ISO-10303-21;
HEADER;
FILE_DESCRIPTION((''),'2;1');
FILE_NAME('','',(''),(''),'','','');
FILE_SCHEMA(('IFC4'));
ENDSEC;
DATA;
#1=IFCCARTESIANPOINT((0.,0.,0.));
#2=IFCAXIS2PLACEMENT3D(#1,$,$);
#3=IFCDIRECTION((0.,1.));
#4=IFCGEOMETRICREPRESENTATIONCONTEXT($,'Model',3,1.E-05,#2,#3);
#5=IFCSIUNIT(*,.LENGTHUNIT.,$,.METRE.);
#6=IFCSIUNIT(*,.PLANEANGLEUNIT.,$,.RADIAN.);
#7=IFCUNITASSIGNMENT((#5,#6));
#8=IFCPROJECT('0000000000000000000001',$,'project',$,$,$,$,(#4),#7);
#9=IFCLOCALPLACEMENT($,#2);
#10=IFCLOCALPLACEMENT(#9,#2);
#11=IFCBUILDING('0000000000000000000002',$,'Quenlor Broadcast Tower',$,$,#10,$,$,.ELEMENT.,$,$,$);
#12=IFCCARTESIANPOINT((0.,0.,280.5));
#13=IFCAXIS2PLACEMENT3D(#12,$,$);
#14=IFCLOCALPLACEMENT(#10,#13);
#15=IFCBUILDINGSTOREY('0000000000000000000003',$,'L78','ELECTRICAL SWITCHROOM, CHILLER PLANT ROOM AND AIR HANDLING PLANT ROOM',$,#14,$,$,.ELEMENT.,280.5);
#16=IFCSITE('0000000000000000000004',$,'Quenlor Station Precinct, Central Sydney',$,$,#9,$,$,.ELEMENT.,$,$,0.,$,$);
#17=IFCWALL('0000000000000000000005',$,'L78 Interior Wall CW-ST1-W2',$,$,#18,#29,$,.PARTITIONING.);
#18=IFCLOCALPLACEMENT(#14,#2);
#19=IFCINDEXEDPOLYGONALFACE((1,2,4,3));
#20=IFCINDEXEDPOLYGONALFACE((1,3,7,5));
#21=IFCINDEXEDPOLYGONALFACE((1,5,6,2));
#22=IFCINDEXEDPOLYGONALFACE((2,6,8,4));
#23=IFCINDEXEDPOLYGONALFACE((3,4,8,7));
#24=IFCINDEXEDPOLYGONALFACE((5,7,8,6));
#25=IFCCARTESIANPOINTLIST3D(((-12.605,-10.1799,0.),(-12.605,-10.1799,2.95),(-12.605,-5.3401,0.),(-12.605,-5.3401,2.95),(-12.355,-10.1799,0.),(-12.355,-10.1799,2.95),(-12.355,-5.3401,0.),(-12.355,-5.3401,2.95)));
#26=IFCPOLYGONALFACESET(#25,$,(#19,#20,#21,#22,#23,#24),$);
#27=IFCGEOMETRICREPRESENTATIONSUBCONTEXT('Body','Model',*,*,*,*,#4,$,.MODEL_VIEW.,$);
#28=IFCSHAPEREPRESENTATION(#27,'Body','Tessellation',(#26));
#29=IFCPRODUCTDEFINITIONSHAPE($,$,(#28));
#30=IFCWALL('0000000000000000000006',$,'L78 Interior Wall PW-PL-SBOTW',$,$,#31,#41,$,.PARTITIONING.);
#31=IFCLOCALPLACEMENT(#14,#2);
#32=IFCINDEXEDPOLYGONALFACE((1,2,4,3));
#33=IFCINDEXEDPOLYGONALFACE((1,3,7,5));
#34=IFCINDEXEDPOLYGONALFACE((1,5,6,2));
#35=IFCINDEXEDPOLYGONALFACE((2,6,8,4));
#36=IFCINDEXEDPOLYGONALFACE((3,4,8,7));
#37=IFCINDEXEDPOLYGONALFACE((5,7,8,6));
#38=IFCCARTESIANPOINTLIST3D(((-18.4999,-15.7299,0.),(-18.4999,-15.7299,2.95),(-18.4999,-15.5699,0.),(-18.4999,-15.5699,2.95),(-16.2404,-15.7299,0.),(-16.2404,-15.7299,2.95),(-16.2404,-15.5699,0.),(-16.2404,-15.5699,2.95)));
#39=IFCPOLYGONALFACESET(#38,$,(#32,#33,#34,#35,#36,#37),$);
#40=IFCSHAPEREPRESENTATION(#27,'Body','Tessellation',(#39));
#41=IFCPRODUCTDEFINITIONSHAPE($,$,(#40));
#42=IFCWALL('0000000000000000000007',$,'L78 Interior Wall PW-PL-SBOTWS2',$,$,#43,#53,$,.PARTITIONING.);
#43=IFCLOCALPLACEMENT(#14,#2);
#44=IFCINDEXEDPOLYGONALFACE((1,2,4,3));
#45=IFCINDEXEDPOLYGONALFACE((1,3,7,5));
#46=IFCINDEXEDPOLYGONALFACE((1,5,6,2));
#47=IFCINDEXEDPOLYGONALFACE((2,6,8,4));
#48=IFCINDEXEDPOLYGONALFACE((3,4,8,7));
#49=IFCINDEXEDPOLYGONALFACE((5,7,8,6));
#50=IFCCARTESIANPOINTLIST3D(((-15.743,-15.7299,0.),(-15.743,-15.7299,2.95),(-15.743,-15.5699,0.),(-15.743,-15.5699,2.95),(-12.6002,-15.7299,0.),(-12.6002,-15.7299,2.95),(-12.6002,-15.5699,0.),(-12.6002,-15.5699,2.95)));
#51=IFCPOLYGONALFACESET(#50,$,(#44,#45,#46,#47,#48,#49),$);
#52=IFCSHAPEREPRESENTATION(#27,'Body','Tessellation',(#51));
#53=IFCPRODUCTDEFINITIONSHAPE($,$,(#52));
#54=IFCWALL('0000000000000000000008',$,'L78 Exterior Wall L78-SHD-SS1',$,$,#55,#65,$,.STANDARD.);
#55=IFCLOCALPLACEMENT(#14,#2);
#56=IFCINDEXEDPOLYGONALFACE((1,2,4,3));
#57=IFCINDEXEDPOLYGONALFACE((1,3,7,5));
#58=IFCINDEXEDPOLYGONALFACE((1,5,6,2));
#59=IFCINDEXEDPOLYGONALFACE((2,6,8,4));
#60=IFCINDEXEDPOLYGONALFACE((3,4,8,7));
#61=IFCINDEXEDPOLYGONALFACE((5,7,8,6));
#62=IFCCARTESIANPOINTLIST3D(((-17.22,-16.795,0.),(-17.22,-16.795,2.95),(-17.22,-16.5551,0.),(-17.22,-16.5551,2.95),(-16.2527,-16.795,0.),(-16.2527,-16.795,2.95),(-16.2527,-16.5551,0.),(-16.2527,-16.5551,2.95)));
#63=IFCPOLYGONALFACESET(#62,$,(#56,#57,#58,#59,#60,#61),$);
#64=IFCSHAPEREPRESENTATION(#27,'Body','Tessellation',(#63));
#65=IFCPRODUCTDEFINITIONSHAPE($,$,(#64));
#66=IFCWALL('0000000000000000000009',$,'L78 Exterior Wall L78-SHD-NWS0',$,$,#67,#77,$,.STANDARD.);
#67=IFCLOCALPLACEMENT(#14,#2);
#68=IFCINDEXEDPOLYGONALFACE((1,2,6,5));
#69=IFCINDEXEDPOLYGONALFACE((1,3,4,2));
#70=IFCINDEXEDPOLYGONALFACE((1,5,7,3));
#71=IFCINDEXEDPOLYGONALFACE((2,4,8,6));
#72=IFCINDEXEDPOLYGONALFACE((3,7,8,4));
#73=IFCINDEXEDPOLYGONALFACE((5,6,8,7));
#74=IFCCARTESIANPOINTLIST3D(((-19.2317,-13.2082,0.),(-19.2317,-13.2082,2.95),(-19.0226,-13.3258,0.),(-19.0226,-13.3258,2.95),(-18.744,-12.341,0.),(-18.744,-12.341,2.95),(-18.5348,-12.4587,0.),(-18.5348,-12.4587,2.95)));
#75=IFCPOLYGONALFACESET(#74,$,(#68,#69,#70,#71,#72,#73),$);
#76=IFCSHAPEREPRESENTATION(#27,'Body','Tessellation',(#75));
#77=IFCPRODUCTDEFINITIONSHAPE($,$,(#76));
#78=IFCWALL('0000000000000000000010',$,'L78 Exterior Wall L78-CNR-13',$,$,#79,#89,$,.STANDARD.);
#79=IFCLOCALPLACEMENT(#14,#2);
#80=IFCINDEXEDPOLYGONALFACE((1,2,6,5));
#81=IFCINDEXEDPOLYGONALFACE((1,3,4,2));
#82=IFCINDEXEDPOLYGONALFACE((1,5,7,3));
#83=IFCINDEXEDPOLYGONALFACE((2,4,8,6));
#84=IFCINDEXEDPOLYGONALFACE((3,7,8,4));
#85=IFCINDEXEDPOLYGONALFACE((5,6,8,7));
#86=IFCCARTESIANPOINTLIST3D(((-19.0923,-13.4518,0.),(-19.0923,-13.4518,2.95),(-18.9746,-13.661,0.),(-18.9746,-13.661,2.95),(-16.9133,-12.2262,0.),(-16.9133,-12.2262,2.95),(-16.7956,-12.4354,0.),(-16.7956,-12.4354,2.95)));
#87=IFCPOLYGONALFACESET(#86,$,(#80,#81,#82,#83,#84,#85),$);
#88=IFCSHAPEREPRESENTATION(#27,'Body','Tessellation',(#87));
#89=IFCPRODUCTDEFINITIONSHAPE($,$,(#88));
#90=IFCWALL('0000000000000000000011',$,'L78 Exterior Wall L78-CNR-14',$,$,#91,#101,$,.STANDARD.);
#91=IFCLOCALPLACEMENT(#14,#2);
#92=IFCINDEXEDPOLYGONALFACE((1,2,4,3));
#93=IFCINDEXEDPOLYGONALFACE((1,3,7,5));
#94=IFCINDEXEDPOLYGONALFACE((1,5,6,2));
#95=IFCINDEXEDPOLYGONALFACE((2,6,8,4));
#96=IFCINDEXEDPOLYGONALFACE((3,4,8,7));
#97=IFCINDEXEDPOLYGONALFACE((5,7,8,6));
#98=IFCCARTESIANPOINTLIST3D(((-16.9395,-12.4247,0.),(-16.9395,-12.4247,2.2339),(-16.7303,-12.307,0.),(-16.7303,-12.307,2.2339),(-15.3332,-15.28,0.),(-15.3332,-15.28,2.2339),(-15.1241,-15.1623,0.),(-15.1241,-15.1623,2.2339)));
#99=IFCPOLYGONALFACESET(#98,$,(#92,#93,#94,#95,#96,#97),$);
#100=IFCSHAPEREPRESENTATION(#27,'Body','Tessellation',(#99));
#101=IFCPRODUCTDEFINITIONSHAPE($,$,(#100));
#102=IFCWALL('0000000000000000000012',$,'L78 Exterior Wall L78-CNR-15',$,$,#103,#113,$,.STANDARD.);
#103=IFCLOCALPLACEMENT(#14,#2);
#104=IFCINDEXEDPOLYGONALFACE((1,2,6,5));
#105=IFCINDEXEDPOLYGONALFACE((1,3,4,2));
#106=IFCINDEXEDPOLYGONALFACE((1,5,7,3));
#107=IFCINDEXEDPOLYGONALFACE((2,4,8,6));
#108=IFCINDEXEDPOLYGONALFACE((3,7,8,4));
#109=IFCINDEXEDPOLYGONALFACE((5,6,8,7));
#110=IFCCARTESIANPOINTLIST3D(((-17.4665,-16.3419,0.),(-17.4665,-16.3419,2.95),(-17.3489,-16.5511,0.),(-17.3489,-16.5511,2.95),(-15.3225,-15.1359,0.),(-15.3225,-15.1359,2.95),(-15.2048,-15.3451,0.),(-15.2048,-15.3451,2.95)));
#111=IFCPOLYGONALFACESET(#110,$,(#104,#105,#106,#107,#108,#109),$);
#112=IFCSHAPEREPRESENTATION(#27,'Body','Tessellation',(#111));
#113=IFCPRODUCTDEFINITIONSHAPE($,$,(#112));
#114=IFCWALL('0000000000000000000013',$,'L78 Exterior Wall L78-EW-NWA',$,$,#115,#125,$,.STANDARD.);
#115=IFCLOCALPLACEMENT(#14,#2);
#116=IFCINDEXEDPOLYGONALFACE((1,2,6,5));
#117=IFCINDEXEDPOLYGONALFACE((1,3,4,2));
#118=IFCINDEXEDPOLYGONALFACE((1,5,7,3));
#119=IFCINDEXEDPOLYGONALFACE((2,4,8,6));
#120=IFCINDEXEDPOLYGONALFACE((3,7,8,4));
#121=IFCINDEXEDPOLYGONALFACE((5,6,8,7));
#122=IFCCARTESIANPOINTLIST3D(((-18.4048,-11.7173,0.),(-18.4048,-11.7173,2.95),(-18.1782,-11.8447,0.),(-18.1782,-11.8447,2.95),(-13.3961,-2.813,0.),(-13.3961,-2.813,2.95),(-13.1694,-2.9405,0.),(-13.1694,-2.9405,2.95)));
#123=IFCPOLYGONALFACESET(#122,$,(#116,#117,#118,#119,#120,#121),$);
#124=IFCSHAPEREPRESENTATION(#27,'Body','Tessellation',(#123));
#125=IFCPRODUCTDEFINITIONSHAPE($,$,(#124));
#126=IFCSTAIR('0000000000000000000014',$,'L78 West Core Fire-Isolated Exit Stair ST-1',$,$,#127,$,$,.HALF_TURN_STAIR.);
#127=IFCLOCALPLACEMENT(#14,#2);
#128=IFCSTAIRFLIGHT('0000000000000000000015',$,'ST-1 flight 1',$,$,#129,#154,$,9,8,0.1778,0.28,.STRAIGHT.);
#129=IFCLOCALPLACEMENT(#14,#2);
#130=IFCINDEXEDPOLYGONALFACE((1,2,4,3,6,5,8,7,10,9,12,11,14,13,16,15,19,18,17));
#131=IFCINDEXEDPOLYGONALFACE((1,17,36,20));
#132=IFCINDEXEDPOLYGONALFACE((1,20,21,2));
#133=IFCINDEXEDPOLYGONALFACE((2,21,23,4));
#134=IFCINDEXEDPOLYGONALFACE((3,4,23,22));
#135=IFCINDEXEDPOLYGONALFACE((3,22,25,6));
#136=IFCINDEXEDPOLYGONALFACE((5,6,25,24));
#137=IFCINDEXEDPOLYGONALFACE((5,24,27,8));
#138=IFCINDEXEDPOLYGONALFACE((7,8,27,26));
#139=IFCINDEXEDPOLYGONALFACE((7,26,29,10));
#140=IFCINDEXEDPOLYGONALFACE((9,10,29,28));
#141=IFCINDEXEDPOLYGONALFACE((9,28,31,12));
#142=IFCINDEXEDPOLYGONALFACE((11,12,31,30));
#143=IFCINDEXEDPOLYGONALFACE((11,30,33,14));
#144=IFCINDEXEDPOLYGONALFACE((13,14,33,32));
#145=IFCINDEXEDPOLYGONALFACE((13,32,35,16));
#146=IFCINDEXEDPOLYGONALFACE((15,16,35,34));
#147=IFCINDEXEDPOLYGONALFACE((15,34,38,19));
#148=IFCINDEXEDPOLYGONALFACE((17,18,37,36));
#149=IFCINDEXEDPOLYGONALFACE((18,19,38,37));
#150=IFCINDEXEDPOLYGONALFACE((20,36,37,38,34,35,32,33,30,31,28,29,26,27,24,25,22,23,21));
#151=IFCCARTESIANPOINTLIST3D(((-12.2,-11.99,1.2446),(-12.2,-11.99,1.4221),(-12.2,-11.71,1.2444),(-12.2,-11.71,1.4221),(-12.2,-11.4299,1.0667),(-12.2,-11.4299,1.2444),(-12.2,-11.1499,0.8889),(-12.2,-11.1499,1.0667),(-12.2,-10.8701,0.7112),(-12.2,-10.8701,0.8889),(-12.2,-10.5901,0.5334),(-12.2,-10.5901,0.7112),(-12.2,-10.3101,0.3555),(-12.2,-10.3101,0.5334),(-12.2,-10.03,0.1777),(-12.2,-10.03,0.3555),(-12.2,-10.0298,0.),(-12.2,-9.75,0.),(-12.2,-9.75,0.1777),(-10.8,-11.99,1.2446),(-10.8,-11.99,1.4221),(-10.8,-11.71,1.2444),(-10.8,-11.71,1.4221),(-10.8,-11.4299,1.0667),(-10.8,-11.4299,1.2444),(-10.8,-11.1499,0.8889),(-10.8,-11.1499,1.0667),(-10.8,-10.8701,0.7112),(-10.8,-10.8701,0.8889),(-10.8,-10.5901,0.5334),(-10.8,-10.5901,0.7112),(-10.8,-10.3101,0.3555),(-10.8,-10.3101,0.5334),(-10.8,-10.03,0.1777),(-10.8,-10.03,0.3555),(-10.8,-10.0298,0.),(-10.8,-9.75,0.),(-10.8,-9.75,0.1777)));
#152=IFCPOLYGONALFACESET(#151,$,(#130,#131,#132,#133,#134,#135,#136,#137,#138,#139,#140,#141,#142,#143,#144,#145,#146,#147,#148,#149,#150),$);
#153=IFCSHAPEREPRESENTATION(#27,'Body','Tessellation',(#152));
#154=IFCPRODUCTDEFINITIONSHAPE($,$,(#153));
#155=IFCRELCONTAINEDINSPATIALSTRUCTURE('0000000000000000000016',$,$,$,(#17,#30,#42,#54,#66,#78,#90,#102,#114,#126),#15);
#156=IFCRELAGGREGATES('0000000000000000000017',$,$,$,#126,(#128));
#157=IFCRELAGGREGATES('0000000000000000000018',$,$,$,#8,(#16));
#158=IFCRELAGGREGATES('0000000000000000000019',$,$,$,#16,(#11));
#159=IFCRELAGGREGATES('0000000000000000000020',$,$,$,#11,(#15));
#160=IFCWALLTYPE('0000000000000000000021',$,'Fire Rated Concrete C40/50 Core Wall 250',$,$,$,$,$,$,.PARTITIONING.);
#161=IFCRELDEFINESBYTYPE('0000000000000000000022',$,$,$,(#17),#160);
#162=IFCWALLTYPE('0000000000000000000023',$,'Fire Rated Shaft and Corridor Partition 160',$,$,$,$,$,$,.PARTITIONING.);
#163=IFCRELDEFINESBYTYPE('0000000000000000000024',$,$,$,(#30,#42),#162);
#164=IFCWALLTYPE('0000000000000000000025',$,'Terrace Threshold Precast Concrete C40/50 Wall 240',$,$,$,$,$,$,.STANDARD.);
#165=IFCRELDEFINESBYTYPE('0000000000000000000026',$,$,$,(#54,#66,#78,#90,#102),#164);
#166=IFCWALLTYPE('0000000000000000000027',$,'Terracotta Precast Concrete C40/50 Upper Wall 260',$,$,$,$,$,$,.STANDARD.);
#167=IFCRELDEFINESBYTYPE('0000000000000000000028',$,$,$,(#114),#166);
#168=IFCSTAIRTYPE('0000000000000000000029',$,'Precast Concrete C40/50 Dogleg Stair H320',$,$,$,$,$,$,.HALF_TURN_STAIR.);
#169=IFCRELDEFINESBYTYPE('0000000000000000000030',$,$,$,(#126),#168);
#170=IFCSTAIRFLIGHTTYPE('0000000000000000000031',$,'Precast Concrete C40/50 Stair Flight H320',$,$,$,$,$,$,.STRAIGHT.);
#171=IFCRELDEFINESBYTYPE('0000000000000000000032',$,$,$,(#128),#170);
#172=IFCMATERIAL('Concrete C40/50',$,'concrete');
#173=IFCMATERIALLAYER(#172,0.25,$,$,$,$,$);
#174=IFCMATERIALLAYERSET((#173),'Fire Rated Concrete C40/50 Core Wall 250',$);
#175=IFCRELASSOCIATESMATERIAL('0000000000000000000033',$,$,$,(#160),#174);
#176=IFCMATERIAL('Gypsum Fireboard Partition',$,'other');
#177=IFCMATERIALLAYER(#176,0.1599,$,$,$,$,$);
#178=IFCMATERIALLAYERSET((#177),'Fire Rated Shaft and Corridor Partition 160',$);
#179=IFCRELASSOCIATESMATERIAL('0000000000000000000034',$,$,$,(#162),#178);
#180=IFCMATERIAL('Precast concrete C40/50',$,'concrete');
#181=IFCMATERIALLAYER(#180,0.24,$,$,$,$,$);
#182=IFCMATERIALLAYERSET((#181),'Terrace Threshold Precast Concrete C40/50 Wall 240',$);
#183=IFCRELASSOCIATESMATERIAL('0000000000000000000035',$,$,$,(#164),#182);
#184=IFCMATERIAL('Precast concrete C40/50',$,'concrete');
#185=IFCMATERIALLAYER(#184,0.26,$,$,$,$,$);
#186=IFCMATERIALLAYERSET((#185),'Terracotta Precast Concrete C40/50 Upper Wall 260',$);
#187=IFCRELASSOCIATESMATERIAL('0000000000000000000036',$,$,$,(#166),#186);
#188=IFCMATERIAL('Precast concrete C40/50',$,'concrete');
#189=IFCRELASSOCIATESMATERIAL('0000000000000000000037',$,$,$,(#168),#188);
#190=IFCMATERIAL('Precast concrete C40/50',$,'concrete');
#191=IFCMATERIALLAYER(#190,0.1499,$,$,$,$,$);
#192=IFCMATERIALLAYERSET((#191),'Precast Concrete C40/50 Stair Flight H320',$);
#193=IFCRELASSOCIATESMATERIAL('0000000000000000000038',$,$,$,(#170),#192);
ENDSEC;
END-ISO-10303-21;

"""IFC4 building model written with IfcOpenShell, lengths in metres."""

from ifc_helpers import new_model, si_unit, direction, frame, frame_2d, origin, place, context, subcontext, project, spatial, polyline, rectangle, outline, extrude, material, layer, layer_set, type_object, element, aggregate, save


model = new_model("IFC4")

# Units and contexts
model_context = context("Model", 3, precision=1e-05, world=origin(), true_north=direction((0.0, 1.0)))
body_context = subcontext(model_context, "Body", "Model", "MODEL_VIEW")
ifc_project = project(units=[si_unit("LENGTHUNIT", "METRE"), si_unit("PLANEANGLEUNIT", "RADIAN")], contexts=[model_context])

# Site, building, storey
site_placement = place(None, origin())
site = spatial("IfcSite", under=ifc_project, at=site_placement, Name="Quenlor Station Precinct, Central Sydney", CompositionType="ELEMENT", RefElevation=0.0)
building_placement = place(site_placement, origin())
building = spatial("IfcBuilding", under=site, at=building_placement, Name="Quenlor Broadcast Tower", CompositionType="ELEMENT")
storey_placement = place(building_placement, frame((0.0, 0.0, 280.5)))
storey = spatial("IfcBuildingStorey", under=building, at=storey_placement, Name="L78", Description="ELECTRICAL SWITCHROOM, CHILLER PLANT ROOM AND AIR HANDLING PLANT ROOM", CompositionType="ELEMENT", Elevation=280.5)

# Walls
ifc_material_1 = material(Name="Concrete C40/50", Category="concrete")
ifc_layer_1 = layer(ifc_material_1, 0.25)
ifc_layer_set_1 = layer_set([ifc_layer_1], Name="Fire Rated Concrete C40/50 Core Wall 250")
wall_type_1 = type_object("IfcWallType", Name="Fire Rated Concrete C40/50 Core Wall 250", PredefinedType="PARTITIONING", material=ifc_layer_set_1)
wall_1_placement = place(storey_placement, frame((-12.48, -10.1799, 0.0), z_axis=(0.0, 0.0, 1.0), x_axis=(0.0, 1.0, 0.0)))
element("IfcWall", 1, at=wall_1_placement, inside=storey, type_object=wall_type_1, Name="L78 Interior Wall CW-ST1-W2", PredefinedType="PARTITIONING", context=body_context, shape_type="SweptSolid", body=[
    extrude(rectangle(XDim=4.8398, YDim=0.25, at=frame_2d((2.4199, 0.0))), origin(), (0.0, 0.0, 1.0), 2.95),
])
ifc_material_2 = material(Name="Gypsum Fireboard Partition", Category="other")
ifc_layer_2 = layer(ifc_material_2, 0.1599)
ifc_layer_set_2 = layer_set([ifc_layer_2], Name="Fire Rated Shaft and Corridor Partition 160")
wall_type_2 = type_object("IfcWallType", Name="Fire Rated Shaft and Corridor Partition 160", PredefinedType="PARTITIONING", material=ifc_layer_set_2)
wall_2_placement = place(storey_placement, frame((-18.5, -15.6499, 0.0), z_axis=(0.0, 0.0, 1.0), x_axis=(1.0, 0.0, 0.0)))
element("IfcWall", 2, at=wall_2_placement, inside=storey, type_object=wall_type_2, Name="L78 Interior Wall PW-PL-SBOTW", PredefinedType="PARTITIONING", context=body_context, shape_type="SweptSolid", body=[
    extrude(rectangle(XDim=2.2595, YDim=0.1599, at=frame_2d((1.1299, 0.0))), origin(), (0.0, 0.0, 1.0), 2.95),
])
wall_3_placement = place(storey_placement, frame((-15.7429, -15.6499, 0.0), z_axis=(0.0, 0.0, 1.0), x_axis=(1.0, 0.0, 0.0)))
element("IfcWall", 3, at=wall_3_placement, inside=storey, type_object=wall_type_2, Name="L78 Interior Wall PW-PL-SBOTWS2", PredefinedType="PARTITIONING", context=body_context, shape_type="SweptSolid", body=[
    extrude(rectangle(XDim=3.1428, YDim=0.1599, at=frame_2d((1.5713, 0.0))), origin(), (0.0, 0.0, 1.0), 2.95),
])
ifc_material_3 = material(Name="Precast concrete C40/50", Category="concrete")
ifc_layer_3 = layer(ifc_material_3, 0.24)
ifc_layer_set_3 = layer_set([ifc_layer_3], Name="Terrace Threshold Precast Concrete C40/50 Wall 240")
wall_type_3 = type_object("IfcWallType", Name="Terrace Threshold Precast Concrete C40/50 Wall 240", PredefinedType="STANDARD", material=ifc_layer_set_3)
wall_4_placement = place(storey_placement, frame((-16.2527, -16.675, 0.0), z_axis=(0.0, 0.0, 1.0), x_axis=(-1.0, 0.0, 0.0)))
element("IfcWall", 4, at=wall_4_placement, inside=storey, type_object=wall_type_3, Name="L78 Exterior Wall L78-SHD-SS1", PredefinedType="STANDARD", context=body_context, shape_type="SweptSolid", body=[
    extrude(rectangle(XDim=0.9673, YDim=0.24, at=frame_2d((0.4836, 0.0))), origin(), (0.0, 0.0, 1.0), 2.95),
])
wall_5_placement = place(storey_placement, frame((-19.1272, -13.2671, 0.0), z_axis=(0.0, 0.0, 1.0), x_axis=(0.490261, 0.871576, 0.0)))
element("IfcWall", 5, at=wall_5_placement, inside=storey, type_object=wall_type_3, Name="L78 Exterior Wall L78-SHD-NWS0", PredefinedType="STANDARD", context=body_context, shape_type="SweptSolid", body=[
    extrude(rectangle(XDim=0.9949, YDim=0.24, at=frame_2d((0.4976, 0.0))), origin(), (0.0, 0.0, 1.0), 2.95),
])
wall_6_placement = place(storey_placement, frame((-19.0334, -13.5564, 0.0), z_axis=(0.0, 0.0, 1.0), x_axis=(0.871589, 0.490238, 0.0)))
element("IfcWall", 6, at=wall_6_placement, inside=storey, type_object=wall_type_3, Name="L78 Exterior Wall L78-CNR-13", PredefinedType="STANDARD", context=body_context, shape_type="SweptSolid", body=[
    extrude(rectangle(XDim=2.5, YDim=0.24, at=frame_2d((1.25, 0.0))), origin(), (0.0, 0.0, 1.0), 2.95),
])
wall_7_placement = place(storey_placement, frame((-16.835, -12.3657, 0.0), z_axis=(0.0, 0.0, 1.0), x_axis=(0.490293, -0.871558, 0.0)))
element("IfcWall", 7, at=wall_7_placement, inside=storey, type_object=wall_type_3, Name="L78 Exterior Wall L78-CNR-14", PredefinedType="STANDARD", context=body_context, shape_type="SweptSolid", body=[
    extrude(rectangle(XDim=3.2761, YDim=0.24, at=frame_2d((1.6382, 0.0))), origin(), (0.0, 0.0, 1.0), 2.2339),
])
wall_8_placement = place(storey_placement, frame((-15.2637, -15.2405, 0.0), z_axis=(0.0, 0.0, 1.0), x_axis=(-0.87157, -0.490271, 0.0)))
element("IfcWall", 8, at=wall_8_placement, inside=storey, type_object=wall_type_3, Name="L78 Exterior Wall L78-CNR-15", PredefinedType="STANDARD", context=body_context, shape_type="SweptSolid", body=[
    extrude(rectangle(XDim=2.46, YDim=0.24, at=frame_2d((1.23, 0.0))), origin(), (0.0, 0.0, 1.0), 2.95),
])
ifc_material_4 = material(Name="Precast concrete C40/50", Category="concrete")
ifc_layer_4 = layer(ifc_material_4, 0.26)
ifc_layer_set_4 = layer_set([ifc_layer_4], Name="Terracotta Precast Concrete C40/50 Upper Wall 260")
wall_type_4 = type_object("IfcWallType", Name="Terracotta Precast Concrete C40/50 Upper Wall 260", PredefinedType="STANDARD", material=ifc_layer_set_4)
wall_9_placement = place(storey_placement, frame((-18.2915, -11.781, 0.0), z_axis=(0.0, 0.0, 1.0), x_axis=(0.49027, 0.87157, 0.0)))
element("IfcWall", 9, at=wall_9_placement, inside=storey, type_object=wall_type_4, Name="L78 Exterior Wall L78-EW-NWA", PredefinedType="STANDARD", context=body_context, shape_type="SweptSolid", body=[
    extrude(rectangle(XDim=10.2163, YDim=0.26, at=frame_2d((5.1082, 0.0))), origin(), (0.0, 0.0, 1.0), 2.95),
])

# Stair, stair flight
ifc_material_5 = material(Name="Precast concrete C40/50", Category="concrete")
stair_type = type_object("IfcStairType", Name="Precast Concrete C40/50 Dogleg Stair H320", PredefinedType="HALF_TURN_STAIR", material=ifc_material_5)
stair_placement = place(storey_placement, origin())
stair = element("IfcStair", 10, at=stair_placement, inside=storey, type_object=stair_type, Name="L78 West Core Fire-Isolated Exit Stair ST-1", PredefinedType="HALF_TURN_STAIR")
ifc_material_6 = material(Name="Precast concrete C40/50", Category="concrete")
ifc_layer_5 = layer(ifc_material_6, 0.1499)
ifc_layer_set_5 = layer_set([ifc_layer_5], Name="Precast Concrete C40/50 Stair Flight H320")
stair_flight_type = type_object("IfcStairFlightType", Name="Precast Concrete C40/50 Stair Flight H320", PredefinedType="STRAIGHT", material=ifc_layer_set_5)
stair_flight_placement = place(storey_placement, frame((-11.5, -9.75, 0.0), z_axis=(0.0, 0.0, 1.0), x_axis=(0.0, -1.0, 0.0)))
stair_flight = element("IfcStairFlight", 11, at=stair_flight_placement, type_object=stair_flight_type, Name="ST-1 flight 1", NumberOfRisers=9, NumberOfTreads=8, PredefinedType="STRAIGHT", RiserHeight=0.1778, TreadLength=0.28, context=body_context, shape_type="SweptSolid", body=[
    extrude(outline(polyline([(0.0, 0.0), (0.0, 0.1777), (0.28, 0.1777), (0.28, 0.3555), (0.5601, 0.3555), (0.5601, 0.5334), (0.8401, 0.5334), (0.8401, 0.7112), (1.1201, 0.7112), (1.1201, 0.8889), (1.3999, 0.8889), (1.3999, 1.0667), (1.6799, 1.0667), (1.6799, 1.2444), (1.96, 1.2444), (1.96, 1.4221), (2.24, 1.4221), (2.24, 1.6001), (2.24, 1.2446), (0.2798, 0.0), (0.0, 0.0)])), frame((0.0, 0.7, 0.0), z_axis=(0.0, -1.0, 0.0), x_axis=(1.0, 0.0, 0.0)), (0.0, 0.0, 1.0), 1.3999),
])
aggregate(stair, [stair_flight])

save(model, "model.ifc")
